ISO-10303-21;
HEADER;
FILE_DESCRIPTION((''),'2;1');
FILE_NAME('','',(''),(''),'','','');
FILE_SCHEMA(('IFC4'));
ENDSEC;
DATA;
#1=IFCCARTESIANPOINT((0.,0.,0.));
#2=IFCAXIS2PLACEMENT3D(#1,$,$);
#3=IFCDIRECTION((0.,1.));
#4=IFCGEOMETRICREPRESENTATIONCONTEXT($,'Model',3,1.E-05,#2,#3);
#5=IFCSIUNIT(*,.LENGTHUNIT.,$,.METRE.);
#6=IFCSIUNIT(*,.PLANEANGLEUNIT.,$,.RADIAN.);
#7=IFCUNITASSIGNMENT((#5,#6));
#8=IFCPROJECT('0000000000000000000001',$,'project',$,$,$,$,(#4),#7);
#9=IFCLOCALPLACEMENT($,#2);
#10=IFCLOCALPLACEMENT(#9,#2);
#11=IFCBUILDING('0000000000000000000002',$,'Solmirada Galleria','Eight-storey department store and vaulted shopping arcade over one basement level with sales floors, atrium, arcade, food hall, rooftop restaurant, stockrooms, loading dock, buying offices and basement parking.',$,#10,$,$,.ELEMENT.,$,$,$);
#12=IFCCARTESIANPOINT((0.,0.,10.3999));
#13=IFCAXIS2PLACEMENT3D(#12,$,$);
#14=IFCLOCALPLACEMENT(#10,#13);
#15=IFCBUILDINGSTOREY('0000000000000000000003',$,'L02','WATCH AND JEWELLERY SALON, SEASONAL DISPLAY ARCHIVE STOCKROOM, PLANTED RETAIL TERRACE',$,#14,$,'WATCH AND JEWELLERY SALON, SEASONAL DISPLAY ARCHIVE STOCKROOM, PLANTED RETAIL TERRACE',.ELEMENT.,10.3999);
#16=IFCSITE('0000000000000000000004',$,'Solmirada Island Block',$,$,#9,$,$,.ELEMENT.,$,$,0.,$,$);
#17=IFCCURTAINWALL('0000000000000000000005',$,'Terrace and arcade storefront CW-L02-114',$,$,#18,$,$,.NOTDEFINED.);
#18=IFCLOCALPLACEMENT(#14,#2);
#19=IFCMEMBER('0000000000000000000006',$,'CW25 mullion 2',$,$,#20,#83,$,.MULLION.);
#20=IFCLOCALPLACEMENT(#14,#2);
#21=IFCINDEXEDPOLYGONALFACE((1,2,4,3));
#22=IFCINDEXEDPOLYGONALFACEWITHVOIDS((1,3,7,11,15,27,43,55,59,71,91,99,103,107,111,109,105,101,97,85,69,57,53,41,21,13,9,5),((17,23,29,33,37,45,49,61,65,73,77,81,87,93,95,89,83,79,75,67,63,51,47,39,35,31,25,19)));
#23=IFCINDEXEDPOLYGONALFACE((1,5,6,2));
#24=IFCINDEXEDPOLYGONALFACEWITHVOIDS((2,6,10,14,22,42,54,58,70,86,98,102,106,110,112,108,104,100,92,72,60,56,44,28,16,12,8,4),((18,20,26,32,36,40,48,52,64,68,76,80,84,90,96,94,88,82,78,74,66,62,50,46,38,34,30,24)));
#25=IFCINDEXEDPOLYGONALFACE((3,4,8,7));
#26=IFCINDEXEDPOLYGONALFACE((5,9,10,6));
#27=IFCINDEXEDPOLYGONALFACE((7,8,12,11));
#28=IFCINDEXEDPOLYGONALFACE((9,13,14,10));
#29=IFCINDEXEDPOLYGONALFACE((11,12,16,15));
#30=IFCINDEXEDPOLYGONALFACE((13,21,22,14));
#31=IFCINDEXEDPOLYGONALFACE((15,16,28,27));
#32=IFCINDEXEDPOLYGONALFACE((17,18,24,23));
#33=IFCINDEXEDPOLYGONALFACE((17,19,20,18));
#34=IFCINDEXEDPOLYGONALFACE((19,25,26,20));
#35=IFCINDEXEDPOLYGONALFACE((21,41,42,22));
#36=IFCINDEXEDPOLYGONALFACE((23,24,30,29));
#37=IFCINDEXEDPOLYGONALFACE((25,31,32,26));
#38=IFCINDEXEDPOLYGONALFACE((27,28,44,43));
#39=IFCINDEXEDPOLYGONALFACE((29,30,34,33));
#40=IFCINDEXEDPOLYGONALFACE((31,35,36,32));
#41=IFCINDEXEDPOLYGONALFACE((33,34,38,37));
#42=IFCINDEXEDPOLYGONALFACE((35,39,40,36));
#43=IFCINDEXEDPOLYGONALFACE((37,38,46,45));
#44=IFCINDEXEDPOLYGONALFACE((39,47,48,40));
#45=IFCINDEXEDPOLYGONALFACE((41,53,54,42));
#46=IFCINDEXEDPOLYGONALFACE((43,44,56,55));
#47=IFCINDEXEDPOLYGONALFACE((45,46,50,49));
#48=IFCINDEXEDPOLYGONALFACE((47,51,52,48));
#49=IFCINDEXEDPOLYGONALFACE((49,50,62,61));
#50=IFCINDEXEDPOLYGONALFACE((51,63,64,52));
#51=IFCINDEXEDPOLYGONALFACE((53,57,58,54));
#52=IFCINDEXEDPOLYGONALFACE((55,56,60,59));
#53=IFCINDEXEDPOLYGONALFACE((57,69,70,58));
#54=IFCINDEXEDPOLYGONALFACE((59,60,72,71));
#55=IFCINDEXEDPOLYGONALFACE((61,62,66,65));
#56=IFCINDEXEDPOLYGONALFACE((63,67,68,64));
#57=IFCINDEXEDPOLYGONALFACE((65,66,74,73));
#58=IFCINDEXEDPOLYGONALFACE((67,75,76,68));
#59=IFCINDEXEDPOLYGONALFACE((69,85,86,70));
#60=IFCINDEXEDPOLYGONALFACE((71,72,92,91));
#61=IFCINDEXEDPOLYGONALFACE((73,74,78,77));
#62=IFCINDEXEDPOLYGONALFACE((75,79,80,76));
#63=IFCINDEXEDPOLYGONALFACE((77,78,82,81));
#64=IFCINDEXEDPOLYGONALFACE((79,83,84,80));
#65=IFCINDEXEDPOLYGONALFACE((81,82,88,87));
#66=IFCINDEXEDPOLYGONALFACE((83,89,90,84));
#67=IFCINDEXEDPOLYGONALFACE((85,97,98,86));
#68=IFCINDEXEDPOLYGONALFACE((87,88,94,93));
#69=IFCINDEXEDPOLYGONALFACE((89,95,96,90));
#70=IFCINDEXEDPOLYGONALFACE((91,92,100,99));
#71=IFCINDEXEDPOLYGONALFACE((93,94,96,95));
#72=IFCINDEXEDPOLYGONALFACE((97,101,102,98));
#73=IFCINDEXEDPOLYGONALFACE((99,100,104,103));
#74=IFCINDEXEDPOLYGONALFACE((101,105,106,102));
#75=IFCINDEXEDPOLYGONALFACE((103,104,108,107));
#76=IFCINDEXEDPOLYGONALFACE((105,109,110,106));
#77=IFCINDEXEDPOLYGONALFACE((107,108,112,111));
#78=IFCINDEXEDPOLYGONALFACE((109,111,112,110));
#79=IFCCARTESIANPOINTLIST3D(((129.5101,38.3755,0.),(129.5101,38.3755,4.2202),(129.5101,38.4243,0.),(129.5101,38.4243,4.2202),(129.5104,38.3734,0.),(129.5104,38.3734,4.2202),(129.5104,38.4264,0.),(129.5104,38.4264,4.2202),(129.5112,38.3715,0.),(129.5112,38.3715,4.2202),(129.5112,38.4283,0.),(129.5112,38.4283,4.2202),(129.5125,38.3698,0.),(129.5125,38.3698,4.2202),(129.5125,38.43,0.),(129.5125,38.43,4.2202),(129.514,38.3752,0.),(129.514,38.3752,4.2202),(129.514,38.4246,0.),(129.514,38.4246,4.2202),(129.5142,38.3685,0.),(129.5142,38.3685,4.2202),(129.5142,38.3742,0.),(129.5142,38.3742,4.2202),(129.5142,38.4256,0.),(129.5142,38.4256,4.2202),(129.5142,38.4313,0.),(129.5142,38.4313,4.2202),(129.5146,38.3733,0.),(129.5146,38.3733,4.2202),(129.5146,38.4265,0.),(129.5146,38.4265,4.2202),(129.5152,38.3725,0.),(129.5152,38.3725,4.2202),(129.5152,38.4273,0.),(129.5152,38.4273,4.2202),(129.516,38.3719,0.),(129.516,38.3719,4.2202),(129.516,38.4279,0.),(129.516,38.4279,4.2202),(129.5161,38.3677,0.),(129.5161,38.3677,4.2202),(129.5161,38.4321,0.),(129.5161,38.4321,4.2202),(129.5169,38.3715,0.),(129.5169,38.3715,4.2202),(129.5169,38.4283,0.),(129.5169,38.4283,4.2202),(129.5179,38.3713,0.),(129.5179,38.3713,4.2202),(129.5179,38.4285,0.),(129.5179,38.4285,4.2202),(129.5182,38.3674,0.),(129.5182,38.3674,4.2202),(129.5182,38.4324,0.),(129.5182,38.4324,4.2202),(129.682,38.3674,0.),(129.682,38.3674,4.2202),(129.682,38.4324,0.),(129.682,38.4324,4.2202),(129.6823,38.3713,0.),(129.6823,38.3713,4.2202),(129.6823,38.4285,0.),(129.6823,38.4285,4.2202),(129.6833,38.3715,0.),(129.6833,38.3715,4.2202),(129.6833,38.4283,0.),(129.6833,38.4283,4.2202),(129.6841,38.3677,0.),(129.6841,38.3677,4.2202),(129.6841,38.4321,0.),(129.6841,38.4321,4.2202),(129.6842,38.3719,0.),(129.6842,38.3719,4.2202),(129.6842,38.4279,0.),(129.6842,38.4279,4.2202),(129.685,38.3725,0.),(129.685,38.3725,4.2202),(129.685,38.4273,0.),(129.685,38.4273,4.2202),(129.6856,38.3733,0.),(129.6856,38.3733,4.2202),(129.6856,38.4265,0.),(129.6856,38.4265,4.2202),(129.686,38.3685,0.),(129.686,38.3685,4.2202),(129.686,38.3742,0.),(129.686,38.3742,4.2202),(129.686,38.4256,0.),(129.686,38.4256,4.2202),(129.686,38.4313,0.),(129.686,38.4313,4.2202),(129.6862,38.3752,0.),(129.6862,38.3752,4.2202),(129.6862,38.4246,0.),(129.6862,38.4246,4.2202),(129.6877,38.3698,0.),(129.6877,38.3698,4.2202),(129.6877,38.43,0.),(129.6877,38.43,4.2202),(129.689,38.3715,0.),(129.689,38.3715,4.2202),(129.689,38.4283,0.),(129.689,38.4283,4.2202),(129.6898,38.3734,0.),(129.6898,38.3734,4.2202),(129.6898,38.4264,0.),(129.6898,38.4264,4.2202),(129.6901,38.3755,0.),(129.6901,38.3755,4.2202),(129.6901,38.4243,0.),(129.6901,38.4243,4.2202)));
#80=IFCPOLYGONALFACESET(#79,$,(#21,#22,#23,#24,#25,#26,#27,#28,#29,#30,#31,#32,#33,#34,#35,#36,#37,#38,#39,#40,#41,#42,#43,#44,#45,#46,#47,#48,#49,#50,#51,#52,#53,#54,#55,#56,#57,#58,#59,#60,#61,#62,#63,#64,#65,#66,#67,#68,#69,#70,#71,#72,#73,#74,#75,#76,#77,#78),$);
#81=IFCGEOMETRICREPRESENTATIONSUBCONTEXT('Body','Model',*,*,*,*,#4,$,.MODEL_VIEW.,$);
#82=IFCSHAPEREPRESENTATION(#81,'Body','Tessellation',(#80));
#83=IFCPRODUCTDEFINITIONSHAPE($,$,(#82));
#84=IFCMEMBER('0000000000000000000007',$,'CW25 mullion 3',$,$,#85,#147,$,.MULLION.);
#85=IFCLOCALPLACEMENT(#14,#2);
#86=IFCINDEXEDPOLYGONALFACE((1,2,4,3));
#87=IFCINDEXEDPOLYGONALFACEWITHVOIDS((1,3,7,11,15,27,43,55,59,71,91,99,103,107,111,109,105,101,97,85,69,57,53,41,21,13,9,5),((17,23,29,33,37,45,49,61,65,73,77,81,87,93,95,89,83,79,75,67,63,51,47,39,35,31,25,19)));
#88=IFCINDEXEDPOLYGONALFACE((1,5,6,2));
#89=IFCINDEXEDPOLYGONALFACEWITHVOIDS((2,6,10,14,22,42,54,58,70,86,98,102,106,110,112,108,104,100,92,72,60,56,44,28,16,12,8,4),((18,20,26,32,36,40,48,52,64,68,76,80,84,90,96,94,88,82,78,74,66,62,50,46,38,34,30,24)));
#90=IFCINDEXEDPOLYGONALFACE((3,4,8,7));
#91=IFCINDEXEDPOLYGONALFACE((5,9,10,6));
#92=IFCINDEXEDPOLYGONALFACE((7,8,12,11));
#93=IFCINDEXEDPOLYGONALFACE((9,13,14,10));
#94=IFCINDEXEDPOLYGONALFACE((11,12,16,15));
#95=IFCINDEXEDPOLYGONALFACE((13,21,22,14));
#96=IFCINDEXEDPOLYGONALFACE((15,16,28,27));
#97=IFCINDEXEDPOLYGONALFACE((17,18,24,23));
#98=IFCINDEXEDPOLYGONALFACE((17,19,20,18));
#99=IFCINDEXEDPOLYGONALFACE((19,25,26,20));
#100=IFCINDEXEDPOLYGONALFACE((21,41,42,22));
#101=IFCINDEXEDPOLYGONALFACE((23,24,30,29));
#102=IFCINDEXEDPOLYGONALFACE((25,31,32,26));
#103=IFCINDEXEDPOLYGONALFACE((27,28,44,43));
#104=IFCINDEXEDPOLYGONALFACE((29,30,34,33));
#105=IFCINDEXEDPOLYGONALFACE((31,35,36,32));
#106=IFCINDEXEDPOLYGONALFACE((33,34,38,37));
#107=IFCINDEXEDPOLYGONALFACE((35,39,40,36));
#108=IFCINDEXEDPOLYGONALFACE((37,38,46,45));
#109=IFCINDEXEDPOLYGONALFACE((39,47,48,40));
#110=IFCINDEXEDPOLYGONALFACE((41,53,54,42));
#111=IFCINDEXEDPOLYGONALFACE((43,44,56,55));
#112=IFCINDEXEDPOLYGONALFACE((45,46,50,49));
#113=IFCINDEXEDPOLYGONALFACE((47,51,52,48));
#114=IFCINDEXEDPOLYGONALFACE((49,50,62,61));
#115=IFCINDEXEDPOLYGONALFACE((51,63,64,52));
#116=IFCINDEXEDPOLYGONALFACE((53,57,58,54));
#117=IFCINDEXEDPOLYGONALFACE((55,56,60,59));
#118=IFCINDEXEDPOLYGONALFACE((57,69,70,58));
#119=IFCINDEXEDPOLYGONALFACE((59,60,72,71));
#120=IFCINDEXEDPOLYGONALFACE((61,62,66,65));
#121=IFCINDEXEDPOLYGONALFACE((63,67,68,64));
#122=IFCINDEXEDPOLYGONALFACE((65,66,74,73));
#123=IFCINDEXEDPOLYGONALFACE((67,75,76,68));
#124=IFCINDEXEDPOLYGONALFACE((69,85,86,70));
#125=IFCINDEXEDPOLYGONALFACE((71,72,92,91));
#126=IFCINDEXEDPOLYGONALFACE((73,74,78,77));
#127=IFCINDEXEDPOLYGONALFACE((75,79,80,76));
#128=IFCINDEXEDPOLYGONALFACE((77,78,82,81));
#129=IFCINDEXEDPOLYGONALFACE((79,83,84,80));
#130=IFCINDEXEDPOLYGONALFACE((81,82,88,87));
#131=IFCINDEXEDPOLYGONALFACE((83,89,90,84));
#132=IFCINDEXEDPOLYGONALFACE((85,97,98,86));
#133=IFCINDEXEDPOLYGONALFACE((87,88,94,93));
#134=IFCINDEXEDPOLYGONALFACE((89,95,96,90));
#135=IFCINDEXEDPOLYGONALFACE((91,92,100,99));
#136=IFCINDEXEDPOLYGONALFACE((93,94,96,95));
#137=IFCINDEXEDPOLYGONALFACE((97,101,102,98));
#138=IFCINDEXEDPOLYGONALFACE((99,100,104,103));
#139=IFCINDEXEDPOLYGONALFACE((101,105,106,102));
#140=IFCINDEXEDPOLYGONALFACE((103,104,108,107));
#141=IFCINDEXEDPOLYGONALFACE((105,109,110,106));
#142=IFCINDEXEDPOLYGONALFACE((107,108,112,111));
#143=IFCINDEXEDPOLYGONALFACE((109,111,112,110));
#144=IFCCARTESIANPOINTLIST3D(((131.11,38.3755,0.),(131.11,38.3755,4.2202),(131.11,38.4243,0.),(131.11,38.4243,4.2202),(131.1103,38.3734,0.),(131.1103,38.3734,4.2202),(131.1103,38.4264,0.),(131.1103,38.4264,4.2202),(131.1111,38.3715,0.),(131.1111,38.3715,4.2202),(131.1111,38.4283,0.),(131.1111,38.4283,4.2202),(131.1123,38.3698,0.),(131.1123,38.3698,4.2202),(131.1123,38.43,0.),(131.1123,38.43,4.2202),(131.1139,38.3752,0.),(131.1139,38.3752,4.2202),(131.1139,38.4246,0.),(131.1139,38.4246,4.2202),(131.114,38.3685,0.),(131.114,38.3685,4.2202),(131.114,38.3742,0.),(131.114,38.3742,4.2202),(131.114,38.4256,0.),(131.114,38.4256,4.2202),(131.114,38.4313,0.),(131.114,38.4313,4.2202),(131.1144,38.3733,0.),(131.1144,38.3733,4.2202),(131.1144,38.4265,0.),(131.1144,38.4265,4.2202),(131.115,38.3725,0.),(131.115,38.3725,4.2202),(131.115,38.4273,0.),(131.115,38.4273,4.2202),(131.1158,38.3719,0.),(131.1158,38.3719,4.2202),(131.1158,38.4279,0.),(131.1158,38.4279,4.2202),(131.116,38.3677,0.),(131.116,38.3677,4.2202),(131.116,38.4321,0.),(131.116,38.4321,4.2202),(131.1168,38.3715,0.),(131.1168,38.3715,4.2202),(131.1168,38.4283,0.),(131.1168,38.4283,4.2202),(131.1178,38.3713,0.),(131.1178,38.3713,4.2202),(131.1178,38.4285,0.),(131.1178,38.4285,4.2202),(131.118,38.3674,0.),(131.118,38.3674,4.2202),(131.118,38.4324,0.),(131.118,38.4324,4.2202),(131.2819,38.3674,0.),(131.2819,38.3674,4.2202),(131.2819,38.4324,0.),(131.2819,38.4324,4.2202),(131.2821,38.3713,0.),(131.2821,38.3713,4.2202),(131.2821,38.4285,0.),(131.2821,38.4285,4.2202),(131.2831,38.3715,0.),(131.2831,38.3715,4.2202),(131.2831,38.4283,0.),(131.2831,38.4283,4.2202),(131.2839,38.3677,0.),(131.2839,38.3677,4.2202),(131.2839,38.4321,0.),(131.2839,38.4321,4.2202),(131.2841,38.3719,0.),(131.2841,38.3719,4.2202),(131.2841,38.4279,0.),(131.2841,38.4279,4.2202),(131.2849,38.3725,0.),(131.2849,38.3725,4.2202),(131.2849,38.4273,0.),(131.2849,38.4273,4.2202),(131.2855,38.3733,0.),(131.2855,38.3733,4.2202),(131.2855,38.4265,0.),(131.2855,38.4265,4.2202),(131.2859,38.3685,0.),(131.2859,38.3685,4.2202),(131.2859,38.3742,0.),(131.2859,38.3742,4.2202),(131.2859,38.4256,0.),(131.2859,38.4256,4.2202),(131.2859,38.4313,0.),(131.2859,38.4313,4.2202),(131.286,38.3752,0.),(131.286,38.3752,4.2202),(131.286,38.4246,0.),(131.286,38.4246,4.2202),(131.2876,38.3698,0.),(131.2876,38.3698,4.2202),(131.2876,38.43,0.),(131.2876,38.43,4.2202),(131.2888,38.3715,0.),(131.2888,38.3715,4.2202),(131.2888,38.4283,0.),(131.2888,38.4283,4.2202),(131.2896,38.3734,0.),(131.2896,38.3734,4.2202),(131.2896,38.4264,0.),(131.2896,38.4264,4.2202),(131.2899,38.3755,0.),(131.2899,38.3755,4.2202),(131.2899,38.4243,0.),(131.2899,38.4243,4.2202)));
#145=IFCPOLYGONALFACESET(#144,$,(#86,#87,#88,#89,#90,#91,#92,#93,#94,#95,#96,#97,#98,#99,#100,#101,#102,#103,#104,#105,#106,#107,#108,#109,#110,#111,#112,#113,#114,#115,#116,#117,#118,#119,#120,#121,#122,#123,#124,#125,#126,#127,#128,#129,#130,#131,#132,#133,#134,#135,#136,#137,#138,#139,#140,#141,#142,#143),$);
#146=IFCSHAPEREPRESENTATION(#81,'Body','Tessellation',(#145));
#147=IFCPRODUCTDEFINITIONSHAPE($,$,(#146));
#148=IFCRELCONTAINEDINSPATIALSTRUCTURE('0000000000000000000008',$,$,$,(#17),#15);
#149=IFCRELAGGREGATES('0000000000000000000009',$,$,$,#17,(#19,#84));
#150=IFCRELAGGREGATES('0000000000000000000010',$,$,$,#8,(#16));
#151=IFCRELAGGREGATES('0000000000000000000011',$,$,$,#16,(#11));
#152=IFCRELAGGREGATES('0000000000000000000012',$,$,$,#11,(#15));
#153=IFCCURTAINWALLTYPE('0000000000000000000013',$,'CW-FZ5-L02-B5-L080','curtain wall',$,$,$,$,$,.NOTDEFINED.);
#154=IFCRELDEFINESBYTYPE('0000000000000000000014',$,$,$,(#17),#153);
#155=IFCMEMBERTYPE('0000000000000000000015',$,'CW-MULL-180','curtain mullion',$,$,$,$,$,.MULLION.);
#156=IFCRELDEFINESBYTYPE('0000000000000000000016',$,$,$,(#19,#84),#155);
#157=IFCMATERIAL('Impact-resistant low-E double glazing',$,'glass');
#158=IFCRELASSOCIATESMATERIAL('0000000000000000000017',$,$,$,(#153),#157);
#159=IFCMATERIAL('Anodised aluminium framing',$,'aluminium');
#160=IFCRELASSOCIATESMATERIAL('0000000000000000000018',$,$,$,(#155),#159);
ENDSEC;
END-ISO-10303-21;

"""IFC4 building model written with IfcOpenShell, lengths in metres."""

from ifc_helpers import new_model, si_unit, direction, frame, origin, origin_2d, place, context, subcontext, project, spatial, hollow_rectangle, extrude, material, material_profile, profile_set, type_object, element, aggregate, save


model = new_model("IFC4")

# Units and contexts
model_context = context("Model", 3, precision=1e-05, world=origin(), true_north=direction((0.0, 1.0)))
body_context = subcontext(model_context, "Body", "Model", "MODEL_VIEW")
ifc_project = project(units=[si_unit("LENGTHUNIT", "METRE"), si_unit("PLANEANGLEUNIT", "RADIAN")], contexts=[model_context])

# Site, building, storey
site_placement = place(None, origin())
site = spatial("IfcSite", under=ifc_project, at=site_placement, Name="Solmirada Island Block", CompositionType="ELEMENT", RefElevation=0.0)
building_placement = place(site_placement, origin())
building = spatial("IfcBuilding", under=site, at=building_placement, Name="Solmirada Galleria", Description="Eight-storey department store and vaulted shopping arcade over one basement level with sales floors, atrium, arcade, food hall, rooftop restaurant, stockrooms, loading dock, buying offices and basement parking.", CompositionType="ELEMENT")
storey_placement = place(building_placement, frame((0.0, 0.0, 10.3999)))
storey = spatial("IfcBuildingStorey", under=building, at=storey_placement, Name="L02", Description="WATCH AND JEWELLERY SALON, SEASONAL DISPLAY ARCHIVE STOCKROOM, PLANTED RETAIL TERRACE", LongName="WATCH AND JEWELLERY SALON, SEASONAL DISPLAY ARCHIVE STOCKROOM, PLANTED RETAIL TERRACE", CompositionType="ELEMENT", Elevation=10.3999)

# Shared definitions
ifc_material_1 = material(Name="Impact-resistant low-E double glazing", Category="glass")
curtain_wall_type = type_object("IfcCurtainWallType", Name="CW-FZ5-L02-B5-L080", Description="curtain wall", PredefinedType="NOTDEFINED", material=ifc_material_1)
ifc_material_2 = material(Name="Anodised aluminium framing", Category="aluminium")
ifc_material_profile_1 = material_profile(ifc_material_2, hollow_rectangle(XDim=0.0649, YDim=0.1799, WallThickness=0.0039, InnerFilletRadius=0.0039, OuterFilletRadius=0.0081, at=origin_2d()), Name="ALU-MULL-180X65")
ifc_profile_set_1 = profile_set([ifc_material_profile_1], Name="Anodised aluminium framing")
member_type_1 = type_object("IfcMemberType", Name="CW-MULL-180", Description="curtain mullion", PredefinedType="MULLION", material=ifc_profile_set_1)

# Curtain wall, members
curtain_wall_1_placement = place(storey_placement, origin())
curtain_wall_1 = element("IfcCurtainWall", 1, at=curtain_wall_1_placement, inside=storey, type_object=curtain_wall_type, Name="Terrace and arcade storefront CW-L02-114", PredefinedType="NOTDEFINED")
member_1_placement = place(storey_placement, frame((129.6001, 38.3999, 0.0), z_axis=(0.0, 0.0, 1.0), x_axis=(0.0, 1.0, 0.0)))
member_1 = element("IfcMember", 2, at=member_1_placement, type_object=member_type_1, Name="CW25 mullion 2", PredefinedType="MULLION", context=body_context, shape_type="SweptSolid", body=[
    extrude(hollow_rectangle(XDim=0.0649, YDim=0.1799, WallThickness=0.0039, InnerFilletRadius=0.0039, OuterFilletRadius=0.0081, at=origin_2d()), origin(), (0.0, 0.0, 1.0), 4.2202),
])
member_2_placement = place(storey_placement, frame((131.2, 38.3999, 0.0), z_axis=(0.0, 0.0, 1.0), x_axis=(0.0, 1.0, 0.0)))
member_2 = element("IfcMember", 3, at=member_2_placement, type_object=member_type_1, Name="CW25 mullion 3", PredefinedType="MULLION", context=body_context, shape_type="SweptSolid", body=[
    extrude(hollow_rectangle(XDim=0.0649, YDim=0.1799, WallThickness=0.0039, InnerFilletRadius=0.0039, OuterFilletRadius=0.0081, at=origin_2d()), origin(), (0.0, 0.0, 1.0), 4.2202),
])

aggregate(curtain_wall_1, [member_1, member_2])

save(model, "model.ifc")
